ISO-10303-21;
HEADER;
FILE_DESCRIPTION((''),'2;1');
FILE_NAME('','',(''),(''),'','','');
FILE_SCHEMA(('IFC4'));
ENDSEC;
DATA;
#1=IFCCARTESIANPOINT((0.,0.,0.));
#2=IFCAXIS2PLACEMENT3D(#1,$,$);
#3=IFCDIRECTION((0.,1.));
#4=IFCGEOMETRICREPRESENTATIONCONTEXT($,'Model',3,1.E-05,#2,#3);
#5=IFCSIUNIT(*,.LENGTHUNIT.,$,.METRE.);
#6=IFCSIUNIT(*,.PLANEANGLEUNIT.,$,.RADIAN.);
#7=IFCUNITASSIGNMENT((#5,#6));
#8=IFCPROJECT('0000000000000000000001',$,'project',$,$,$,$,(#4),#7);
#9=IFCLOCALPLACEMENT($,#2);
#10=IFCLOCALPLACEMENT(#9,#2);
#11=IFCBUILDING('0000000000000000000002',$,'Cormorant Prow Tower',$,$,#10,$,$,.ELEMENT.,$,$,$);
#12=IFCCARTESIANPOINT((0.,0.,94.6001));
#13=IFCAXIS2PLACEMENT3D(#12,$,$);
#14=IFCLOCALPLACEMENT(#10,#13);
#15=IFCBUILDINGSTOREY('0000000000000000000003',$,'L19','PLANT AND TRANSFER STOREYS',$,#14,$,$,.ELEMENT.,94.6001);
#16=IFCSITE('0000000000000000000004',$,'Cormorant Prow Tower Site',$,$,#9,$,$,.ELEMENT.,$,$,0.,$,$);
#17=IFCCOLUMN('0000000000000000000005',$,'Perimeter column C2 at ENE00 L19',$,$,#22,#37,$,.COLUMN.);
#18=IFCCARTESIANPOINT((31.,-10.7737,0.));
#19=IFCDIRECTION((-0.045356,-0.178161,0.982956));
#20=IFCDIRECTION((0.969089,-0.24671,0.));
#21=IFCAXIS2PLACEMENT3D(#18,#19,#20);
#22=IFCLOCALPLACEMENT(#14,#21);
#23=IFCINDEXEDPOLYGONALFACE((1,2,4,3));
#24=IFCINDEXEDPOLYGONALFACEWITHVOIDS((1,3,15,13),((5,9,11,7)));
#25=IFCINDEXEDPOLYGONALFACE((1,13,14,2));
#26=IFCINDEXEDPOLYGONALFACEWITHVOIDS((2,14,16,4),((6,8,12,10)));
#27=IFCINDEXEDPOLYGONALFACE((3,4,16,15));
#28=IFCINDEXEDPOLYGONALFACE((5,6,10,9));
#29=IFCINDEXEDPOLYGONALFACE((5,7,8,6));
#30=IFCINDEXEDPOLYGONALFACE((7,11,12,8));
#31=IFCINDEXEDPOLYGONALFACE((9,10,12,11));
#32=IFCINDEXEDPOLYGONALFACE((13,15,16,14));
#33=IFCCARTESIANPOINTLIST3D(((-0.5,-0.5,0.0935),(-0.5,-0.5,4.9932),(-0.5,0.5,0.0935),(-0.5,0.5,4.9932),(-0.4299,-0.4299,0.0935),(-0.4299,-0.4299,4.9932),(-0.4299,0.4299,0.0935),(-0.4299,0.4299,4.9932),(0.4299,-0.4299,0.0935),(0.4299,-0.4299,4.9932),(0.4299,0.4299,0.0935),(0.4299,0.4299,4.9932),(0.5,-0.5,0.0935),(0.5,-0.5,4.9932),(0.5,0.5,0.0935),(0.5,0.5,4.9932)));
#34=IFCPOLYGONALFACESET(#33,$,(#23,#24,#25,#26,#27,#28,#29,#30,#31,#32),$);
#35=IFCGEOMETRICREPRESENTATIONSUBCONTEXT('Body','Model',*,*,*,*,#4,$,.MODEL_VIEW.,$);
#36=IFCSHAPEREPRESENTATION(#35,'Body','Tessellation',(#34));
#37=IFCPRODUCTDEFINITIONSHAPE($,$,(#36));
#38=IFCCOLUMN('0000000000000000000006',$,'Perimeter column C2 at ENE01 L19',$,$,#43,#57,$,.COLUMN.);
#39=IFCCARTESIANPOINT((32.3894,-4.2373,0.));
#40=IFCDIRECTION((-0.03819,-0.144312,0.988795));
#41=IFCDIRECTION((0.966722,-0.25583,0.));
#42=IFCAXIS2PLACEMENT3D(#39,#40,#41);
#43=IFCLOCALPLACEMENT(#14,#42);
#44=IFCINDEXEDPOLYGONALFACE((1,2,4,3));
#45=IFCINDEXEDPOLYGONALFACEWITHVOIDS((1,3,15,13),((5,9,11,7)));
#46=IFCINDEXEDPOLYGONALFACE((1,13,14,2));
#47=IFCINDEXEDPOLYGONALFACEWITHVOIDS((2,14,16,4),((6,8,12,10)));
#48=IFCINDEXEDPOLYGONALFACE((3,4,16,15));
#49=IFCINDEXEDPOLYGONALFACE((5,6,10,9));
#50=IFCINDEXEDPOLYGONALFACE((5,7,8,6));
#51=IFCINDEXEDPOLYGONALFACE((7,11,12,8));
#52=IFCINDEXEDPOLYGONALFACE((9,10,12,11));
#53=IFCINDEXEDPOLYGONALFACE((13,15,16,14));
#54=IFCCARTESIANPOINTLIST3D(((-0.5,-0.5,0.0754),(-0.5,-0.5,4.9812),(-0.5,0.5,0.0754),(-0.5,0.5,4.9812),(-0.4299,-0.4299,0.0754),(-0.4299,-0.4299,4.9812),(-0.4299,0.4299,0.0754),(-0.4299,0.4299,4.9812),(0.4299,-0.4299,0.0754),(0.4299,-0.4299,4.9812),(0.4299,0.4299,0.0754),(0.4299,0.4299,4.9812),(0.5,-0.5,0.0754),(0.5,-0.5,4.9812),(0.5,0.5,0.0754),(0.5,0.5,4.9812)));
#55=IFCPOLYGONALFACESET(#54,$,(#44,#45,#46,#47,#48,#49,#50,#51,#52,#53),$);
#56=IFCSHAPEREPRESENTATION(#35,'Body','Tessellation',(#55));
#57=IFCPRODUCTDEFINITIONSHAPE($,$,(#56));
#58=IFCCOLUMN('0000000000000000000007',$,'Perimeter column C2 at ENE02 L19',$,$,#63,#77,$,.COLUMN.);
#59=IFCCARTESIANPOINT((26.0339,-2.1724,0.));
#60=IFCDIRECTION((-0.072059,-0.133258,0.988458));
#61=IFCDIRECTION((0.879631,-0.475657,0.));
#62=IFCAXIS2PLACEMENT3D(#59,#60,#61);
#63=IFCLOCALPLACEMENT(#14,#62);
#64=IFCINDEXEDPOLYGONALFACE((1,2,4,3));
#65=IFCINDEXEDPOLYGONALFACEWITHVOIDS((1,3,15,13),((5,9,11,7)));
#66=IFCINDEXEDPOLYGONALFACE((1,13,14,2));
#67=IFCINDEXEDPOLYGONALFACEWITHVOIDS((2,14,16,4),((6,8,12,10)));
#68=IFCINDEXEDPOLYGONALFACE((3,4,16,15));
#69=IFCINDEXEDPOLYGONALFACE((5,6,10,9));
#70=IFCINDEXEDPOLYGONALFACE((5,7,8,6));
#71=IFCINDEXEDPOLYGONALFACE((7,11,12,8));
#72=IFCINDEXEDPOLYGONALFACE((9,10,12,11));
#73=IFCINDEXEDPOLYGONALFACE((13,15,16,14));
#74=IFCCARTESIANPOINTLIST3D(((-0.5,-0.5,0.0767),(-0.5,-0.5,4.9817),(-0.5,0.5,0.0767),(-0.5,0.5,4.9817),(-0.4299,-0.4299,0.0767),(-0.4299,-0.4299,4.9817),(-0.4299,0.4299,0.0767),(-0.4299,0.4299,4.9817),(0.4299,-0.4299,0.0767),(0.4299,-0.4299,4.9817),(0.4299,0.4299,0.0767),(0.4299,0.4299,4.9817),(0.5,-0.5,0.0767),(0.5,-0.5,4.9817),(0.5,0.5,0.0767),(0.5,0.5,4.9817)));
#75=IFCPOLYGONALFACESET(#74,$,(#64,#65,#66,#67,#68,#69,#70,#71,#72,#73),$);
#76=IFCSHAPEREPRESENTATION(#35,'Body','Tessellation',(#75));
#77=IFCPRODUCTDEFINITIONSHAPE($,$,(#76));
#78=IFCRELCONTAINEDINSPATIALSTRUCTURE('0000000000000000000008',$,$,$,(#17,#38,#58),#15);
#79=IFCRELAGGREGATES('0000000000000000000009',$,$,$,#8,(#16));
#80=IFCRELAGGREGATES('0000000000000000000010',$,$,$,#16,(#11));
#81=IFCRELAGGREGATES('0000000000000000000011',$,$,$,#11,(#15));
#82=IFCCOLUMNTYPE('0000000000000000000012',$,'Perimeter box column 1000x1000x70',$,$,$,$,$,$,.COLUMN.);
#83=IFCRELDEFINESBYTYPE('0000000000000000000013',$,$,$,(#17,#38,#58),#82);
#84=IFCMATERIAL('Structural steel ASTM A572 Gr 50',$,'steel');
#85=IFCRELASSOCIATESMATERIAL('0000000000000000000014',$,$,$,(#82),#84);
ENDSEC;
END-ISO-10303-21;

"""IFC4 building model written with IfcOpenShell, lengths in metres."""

from ifc_helpers import new_model, si_unit, direction, frame, origin, origin_2d, place, context, subcontext, project, spatial, hollow_rectangle, extrude, material, material_profile, profile_set, type_object, element, save


model = new_model("IFC4")

# Units and contexts
model_context = context("Model", 3, precision=1e-05, world=origin(), true_north=direction((0.0, 1.0)))
body_context = subcontext(model_context, "Body", "Model", "MODEL_VIEW")
ifc_project = project(units=[si_unit("LENGTHUNIT", "METRE"), si_unit("PLANEANGLEUNIT", "RADIAN")], contexts=[model_context])

# Site, building, storey
site_placement = place(None, origin())
site = spatial("IfcSite", under=ifc_project, at=site_placement, Name="Cormorant Prow Tower Site", CompositionType="ELEMENT", RefElevation=0.0)
building_placement = place(site_placement, origin())
building = spatial("IfcBuilding", under=site, at=building_placement, Name="Cormorant Prow Tower", CompositionType="ELEMENT")
storey_placement = place(building_placement, frame((0.0, 0.0, 94.6001)))
storey = spatial("IfcBuildingStorey", under=building, at=storey_placement, Name="L19", Description="PLANT AND TRANSFER STOREYS", CompositionType="ELEMENT", Elevation=94.6001)

# Columns
ifc_material_1 = material(Name="Structural steel ASTM A572 Gr 50", Category="steel")
ifc_material_profile_1 = material_profile(ifc_material_1, hollow_rectangle(XDim=1.0, YDim=1.0, WallThickness=0.0701, at=origin_2d()), Name="Box 1000x1000x70")
ifc_profile_set_1 = profile_set([ifc_material_profile_1], Name="Structural steel ASTM A572 Gr 50")
column_type_1 = type_object("IfcColumnType", Name="Perimeter box column 1000x1000x70", PredefinedType="COLUMN", material=ifc_profile_set_1)
column_1_placement = place(storey_placement, frame((31.0, -10.7737, 0.0), z_axis=(-0.045356, -0.178161, 0.982956), x_axis=(0.969089, -0.24671, 0.0)))
element("IfcColumn", 1, at=column_1_placement, inside=storey, type_object=column_type_1, Name="Perimeter column C2 at ENE00 L19", PredefinedType="COLUMN", context=body_context, shape_type="SweptSolid", body=[
    extrude(hollow_rectangle(XDim=1.0, YDim=1.0, WallThickness=0.0701, at=origin_2d()), frame((0.0, 0.0, 0.0935)), (0.0, 0.0, 1.0), 4.8997),
])
column_2_placement = place(storey_placement, frame((32.3894, -4.2373, 0.0), z_axis=(-0.03819, -0.144312, 0.988795), x_axis=(0.966722, -0.25583, 0.0)))
element("IfcColumn", 2, at=column_2_placement, inside=storey, type_object=column_type_1, Name="Perimeter column C2 at ENE01 L19", PredefinedType="COLUMN", context=body_context, shape_type="SweptSolid", body=[
    extrude(hollow_rectangle(XDim=1.0, YDim=1.0, WallThickness=0.0701, at=origin_2d()), frame((0.0, 0.0, 0.0754)), (0.0, 0.0, 1.0), 4.9058),
])
column_3_placement = place(storey_placement, frame((26.0339, -2.1724, 0.0), z_axis=(-0.072059, -0.133258, 0.988458), x_axis=(0.879631, -0.475657, 0.0)))
element("IfcColumn", 3, at=column_3_placement, inside=storey, type_object=column_type_1, Name="Perimeter column C2 at ENE02 L19", PredefinedType="COLUMN", context=body_context, shape_type="SweptSolid", body=[
    extrude(hollow_rectangle(XDim=1.0, YDim=1.0, WallThickness=0.0701, at=origin_2d()), frame((0.0, 0.0, 0.0767)), (0.0, 0.0, 1.0), 4.905),
])

save(model, "model.ifc")
